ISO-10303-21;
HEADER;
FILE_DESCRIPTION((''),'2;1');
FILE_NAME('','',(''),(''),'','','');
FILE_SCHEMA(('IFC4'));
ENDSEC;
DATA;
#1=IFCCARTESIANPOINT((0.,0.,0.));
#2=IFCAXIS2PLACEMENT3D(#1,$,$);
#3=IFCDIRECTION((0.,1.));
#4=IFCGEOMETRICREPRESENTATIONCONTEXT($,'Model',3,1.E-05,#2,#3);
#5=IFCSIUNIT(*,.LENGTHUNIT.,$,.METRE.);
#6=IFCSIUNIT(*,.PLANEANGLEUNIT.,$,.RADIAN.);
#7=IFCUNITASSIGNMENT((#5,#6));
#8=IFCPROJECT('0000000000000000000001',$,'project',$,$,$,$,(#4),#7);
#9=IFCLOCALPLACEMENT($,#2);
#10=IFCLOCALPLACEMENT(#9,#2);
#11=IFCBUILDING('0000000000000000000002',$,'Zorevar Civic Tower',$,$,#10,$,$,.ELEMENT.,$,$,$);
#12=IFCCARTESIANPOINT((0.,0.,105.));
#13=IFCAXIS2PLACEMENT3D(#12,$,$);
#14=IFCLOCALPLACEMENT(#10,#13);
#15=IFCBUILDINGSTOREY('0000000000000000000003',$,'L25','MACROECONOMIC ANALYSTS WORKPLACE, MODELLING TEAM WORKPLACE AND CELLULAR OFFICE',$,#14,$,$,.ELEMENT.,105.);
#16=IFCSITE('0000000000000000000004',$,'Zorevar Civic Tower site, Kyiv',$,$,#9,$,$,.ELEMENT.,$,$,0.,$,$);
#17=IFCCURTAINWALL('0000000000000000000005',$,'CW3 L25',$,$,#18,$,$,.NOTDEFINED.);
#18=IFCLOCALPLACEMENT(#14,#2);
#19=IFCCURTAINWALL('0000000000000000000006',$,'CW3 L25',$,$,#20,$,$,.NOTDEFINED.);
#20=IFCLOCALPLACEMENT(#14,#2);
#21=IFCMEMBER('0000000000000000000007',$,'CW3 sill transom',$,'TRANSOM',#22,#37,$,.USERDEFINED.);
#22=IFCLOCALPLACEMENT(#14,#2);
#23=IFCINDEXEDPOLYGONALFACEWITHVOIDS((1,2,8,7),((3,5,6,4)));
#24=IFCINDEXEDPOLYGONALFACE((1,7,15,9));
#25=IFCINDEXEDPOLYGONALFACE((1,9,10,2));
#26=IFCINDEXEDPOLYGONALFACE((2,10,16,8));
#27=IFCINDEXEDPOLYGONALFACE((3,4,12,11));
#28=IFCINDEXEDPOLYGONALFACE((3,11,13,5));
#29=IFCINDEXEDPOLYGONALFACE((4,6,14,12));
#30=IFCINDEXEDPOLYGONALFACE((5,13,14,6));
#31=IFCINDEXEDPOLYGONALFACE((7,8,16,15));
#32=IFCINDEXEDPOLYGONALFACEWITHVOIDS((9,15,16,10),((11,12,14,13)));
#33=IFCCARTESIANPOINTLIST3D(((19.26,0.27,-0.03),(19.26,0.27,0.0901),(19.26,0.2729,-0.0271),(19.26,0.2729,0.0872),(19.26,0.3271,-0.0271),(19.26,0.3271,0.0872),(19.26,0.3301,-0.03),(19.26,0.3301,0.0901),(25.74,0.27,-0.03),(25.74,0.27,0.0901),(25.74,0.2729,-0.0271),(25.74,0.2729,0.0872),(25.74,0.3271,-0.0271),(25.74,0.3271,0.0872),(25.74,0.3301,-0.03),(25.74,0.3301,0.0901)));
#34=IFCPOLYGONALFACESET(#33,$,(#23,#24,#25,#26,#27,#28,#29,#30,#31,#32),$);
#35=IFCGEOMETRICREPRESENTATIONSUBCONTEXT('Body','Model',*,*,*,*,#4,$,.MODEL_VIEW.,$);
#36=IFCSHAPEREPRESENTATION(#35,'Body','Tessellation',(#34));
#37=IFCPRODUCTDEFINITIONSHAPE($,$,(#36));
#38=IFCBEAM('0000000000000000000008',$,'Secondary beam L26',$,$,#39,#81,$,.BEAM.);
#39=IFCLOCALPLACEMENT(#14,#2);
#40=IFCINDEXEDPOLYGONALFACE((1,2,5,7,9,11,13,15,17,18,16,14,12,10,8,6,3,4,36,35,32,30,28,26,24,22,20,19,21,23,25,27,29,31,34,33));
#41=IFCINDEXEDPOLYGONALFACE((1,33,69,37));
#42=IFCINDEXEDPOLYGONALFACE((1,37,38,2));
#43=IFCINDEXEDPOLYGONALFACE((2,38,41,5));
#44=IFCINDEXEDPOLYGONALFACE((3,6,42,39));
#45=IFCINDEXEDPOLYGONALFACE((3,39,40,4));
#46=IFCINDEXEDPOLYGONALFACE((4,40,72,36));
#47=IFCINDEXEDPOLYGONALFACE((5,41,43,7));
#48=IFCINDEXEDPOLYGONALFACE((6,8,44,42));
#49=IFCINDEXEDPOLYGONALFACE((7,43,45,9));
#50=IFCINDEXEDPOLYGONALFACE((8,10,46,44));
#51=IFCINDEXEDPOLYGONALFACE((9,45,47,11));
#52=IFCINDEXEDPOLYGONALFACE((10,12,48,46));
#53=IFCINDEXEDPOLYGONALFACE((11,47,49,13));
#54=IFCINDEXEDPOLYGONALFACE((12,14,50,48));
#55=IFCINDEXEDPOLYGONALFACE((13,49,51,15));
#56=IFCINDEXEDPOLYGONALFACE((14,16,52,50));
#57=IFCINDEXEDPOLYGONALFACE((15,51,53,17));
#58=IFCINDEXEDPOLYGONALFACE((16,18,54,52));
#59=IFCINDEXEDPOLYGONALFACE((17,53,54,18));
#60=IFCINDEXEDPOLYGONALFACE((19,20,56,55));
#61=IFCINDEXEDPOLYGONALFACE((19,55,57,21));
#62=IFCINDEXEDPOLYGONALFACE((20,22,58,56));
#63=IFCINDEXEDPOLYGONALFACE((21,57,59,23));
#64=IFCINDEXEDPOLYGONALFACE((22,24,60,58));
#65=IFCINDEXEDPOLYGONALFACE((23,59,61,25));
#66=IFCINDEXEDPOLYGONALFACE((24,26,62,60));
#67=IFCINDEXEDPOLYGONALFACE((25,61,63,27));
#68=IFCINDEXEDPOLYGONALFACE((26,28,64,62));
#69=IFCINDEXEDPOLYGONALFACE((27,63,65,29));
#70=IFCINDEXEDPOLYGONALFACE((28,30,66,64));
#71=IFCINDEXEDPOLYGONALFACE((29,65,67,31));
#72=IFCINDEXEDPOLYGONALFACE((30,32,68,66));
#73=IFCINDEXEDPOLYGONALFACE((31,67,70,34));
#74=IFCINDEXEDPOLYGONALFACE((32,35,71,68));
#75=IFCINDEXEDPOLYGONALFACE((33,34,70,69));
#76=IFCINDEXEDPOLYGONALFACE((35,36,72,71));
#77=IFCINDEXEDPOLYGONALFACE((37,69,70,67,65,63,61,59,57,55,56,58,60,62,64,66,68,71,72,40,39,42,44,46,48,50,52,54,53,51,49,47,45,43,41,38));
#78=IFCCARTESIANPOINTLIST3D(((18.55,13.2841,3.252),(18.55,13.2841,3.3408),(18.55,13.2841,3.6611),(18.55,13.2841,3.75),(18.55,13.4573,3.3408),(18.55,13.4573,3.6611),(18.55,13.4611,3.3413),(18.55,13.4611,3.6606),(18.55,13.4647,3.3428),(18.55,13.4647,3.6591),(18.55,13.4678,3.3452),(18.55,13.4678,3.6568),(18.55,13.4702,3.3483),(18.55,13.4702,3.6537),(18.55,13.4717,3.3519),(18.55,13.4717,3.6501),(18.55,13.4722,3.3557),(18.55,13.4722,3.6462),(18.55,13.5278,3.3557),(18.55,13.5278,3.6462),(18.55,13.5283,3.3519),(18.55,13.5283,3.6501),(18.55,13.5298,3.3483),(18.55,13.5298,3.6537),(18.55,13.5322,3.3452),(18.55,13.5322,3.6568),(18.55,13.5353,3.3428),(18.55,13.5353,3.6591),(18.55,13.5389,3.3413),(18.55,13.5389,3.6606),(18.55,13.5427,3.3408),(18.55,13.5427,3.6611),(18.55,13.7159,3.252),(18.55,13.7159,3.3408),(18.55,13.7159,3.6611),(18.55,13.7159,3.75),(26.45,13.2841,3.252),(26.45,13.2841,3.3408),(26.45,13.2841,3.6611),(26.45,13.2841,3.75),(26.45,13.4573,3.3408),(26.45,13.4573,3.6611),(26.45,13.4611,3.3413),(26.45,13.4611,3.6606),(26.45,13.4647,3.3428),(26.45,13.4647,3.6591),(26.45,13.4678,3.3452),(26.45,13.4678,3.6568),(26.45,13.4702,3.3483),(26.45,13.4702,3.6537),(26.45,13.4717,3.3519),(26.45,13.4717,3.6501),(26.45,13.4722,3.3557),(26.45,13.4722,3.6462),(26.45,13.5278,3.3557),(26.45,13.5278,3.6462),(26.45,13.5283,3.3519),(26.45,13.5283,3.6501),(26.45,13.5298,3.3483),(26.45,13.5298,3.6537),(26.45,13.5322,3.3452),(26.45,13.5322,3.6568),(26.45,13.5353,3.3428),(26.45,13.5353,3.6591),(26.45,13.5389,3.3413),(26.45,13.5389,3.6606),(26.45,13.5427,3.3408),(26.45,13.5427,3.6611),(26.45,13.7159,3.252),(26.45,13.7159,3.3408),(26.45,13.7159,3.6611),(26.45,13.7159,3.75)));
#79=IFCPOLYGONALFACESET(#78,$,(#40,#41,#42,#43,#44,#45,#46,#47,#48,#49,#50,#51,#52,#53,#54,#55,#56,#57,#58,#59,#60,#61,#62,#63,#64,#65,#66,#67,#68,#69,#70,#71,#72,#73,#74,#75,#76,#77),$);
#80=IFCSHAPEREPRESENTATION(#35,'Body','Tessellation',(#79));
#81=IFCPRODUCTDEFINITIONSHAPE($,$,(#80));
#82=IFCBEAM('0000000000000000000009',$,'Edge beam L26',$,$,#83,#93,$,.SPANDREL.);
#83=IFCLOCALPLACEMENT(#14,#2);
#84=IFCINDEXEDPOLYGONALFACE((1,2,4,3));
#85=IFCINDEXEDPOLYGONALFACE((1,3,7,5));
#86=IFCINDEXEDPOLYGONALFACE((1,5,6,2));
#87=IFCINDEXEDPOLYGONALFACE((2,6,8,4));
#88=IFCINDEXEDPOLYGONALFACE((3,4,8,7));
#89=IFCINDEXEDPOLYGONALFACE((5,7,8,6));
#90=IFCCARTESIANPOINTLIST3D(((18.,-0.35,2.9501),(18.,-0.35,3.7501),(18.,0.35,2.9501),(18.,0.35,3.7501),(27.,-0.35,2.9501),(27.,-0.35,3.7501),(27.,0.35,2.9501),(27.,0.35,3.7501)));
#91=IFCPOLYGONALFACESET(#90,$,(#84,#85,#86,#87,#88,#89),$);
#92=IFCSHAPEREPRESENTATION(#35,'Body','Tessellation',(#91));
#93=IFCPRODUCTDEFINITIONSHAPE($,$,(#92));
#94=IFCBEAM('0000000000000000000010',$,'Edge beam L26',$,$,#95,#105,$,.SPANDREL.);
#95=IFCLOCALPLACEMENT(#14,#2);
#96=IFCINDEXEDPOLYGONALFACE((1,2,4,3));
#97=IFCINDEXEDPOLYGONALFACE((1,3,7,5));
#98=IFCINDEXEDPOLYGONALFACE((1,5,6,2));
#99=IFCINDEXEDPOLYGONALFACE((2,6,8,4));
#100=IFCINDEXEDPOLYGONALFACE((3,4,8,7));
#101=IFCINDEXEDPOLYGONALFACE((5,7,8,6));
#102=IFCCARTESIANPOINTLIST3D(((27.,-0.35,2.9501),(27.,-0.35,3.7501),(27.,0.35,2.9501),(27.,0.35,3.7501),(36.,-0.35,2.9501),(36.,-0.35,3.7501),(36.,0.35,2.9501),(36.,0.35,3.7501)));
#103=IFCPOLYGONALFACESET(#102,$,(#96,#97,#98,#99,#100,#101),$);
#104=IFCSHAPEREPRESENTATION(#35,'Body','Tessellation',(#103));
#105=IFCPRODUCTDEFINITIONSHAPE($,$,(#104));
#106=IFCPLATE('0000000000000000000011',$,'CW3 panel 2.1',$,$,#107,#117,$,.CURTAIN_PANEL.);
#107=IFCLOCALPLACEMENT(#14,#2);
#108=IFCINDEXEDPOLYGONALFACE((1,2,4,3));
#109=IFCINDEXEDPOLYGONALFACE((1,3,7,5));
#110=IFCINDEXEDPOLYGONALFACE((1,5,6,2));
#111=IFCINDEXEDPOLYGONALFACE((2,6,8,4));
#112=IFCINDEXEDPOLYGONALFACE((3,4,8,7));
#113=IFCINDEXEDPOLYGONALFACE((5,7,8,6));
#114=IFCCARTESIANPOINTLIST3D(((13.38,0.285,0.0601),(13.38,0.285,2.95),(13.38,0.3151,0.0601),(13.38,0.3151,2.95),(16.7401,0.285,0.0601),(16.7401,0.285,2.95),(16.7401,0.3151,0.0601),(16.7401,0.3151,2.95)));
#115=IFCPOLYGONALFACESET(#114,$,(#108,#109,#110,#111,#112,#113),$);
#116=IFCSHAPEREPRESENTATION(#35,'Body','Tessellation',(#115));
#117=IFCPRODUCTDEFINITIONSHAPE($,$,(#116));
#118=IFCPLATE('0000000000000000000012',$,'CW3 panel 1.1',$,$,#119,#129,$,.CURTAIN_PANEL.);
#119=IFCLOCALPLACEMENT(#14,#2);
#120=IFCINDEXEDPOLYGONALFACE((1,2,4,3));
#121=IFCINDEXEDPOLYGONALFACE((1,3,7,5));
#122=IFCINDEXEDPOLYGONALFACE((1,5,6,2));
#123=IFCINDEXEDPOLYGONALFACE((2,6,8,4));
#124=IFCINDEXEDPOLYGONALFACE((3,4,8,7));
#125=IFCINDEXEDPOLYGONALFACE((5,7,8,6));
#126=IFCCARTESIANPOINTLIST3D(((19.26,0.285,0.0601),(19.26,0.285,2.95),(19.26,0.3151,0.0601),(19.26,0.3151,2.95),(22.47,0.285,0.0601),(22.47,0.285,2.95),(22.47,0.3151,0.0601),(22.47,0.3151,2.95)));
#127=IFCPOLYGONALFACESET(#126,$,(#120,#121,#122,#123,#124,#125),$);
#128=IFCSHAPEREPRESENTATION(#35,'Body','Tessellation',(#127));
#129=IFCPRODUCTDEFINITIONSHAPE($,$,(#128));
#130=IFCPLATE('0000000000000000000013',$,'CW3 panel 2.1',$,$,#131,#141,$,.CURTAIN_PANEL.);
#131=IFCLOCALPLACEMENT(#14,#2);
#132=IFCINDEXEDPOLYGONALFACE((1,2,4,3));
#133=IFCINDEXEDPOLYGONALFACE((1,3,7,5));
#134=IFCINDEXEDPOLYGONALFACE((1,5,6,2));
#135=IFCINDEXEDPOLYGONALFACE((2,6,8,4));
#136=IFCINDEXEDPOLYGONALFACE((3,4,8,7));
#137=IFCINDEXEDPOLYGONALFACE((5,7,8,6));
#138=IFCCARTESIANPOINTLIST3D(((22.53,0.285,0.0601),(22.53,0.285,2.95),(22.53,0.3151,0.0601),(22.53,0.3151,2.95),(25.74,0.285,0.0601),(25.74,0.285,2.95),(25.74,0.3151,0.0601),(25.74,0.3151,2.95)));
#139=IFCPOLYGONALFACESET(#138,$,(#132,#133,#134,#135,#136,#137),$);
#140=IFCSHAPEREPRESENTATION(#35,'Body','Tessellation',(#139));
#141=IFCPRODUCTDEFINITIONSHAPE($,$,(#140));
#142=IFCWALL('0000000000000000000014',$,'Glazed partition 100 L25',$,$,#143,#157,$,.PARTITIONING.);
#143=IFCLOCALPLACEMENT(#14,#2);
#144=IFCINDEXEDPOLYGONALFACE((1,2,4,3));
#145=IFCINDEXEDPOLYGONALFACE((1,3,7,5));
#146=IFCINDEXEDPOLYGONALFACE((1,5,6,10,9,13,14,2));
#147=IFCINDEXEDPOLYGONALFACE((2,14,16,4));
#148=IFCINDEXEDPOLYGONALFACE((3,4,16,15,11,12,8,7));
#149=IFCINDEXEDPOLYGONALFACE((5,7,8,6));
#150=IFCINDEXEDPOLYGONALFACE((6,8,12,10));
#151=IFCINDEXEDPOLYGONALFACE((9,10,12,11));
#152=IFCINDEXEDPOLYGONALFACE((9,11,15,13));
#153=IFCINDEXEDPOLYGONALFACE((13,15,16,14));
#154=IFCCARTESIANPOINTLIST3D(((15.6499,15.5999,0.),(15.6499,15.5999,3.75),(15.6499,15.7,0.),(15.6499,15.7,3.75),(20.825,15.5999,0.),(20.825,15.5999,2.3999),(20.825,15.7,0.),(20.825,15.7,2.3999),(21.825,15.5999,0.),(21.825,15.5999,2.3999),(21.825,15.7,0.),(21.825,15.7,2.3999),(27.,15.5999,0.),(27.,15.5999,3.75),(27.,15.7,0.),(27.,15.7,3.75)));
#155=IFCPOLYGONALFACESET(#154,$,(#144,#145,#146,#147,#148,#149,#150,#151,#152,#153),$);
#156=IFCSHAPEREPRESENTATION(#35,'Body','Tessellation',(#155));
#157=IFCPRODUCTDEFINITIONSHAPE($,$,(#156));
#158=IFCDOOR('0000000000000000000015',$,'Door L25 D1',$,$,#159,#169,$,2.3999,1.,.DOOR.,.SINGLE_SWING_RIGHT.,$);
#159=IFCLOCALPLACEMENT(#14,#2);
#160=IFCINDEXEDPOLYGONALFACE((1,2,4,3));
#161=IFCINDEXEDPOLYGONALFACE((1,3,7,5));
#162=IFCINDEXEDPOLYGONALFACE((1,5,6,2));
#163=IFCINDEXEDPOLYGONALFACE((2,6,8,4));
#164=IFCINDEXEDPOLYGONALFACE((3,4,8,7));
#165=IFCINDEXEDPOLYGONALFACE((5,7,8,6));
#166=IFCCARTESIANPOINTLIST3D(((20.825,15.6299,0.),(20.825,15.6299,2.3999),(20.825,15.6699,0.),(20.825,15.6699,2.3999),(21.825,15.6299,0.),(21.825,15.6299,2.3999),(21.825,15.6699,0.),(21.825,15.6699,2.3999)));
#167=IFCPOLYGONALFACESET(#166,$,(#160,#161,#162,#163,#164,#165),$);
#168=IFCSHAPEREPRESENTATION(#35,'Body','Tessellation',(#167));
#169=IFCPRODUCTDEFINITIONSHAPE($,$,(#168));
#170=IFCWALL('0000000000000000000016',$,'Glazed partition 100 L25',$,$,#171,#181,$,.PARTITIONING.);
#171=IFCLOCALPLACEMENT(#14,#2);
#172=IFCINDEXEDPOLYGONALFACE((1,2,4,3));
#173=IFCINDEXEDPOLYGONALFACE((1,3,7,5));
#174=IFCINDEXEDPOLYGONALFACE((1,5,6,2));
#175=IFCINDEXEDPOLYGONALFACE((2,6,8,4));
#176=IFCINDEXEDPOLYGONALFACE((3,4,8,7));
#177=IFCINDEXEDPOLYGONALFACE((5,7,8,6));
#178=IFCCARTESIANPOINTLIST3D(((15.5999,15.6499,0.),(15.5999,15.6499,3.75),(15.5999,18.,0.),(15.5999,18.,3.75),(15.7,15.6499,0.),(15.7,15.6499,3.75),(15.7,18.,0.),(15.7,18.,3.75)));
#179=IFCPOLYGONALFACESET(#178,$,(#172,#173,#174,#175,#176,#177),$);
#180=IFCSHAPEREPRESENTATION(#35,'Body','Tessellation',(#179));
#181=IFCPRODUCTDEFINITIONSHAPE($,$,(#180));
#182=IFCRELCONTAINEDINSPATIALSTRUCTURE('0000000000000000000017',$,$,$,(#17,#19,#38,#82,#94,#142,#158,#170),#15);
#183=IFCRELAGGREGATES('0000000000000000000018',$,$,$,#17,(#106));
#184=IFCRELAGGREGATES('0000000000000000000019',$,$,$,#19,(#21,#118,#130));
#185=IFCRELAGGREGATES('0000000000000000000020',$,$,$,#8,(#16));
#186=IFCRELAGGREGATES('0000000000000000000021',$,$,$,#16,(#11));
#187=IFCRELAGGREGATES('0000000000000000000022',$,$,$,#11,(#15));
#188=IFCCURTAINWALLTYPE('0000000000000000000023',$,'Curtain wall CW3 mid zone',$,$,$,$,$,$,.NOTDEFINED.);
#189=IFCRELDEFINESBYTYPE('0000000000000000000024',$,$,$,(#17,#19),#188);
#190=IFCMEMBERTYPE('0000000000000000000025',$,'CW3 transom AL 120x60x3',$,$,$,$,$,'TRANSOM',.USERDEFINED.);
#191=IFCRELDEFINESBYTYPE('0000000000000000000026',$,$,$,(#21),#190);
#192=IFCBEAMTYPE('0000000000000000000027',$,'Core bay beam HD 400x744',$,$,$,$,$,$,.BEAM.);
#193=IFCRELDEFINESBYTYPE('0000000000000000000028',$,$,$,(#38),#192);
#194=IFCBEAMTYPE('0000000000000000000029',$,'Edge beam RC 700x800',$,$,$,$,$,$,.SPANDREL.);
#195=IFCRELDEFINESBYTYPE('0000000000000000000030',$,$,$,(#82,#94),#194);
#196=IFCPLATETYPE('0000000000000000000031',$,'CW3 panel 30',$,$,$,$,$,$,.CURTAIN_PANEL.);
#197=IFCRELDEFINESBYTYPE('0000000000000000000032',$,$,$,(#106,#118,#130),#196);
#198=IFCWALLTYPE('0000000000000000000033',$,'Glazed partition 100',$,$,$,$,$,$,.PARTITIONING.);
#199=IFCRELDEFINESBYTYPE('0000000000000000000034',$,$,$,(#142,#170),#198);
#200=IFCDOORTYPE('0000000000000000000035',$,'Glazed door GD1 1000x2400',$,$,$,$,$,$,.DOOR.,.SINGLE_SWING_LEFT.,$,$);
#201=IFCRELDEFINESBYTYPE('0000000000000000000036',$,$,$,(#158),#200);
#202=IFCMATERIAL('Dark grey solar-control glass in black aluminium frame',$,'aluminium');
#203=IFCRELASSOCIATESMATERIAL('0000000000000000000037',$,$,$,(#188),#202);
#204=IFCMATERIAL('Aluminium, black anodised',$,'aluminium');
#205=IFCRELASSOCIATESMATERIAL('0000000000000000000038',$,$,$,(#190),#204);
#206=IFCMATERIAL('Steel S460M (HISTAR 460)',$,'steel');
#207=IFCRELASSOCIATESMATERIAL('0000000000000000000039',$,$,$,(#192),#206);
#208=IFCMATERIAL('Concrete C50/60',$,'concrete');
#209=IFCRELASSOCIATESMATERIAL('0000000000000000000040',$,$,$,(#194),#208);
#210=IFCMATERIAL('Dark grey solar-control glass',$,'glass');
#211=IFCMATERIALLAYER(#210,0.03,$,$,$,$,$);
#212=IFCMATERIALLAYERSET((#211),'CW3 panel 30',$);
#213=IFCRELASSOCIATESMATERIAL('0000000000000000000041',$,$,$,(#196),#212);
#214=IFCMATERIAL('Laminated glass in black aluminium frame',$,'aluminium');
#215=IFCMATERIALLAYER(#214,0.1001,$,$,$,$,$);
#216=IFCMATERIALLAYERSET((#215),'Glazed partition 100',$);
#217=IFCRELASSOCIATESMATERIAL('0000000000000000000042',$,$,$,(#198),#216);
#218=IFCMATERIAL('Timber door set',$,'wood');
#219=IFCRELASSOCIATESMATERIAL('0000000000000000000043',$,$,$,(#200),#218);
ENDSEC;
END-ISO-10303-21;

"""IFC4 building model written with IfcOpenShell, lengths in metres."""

from ifc_helpers import new_model, si_unit, direction, frame, frame_2d, origin, origin_2d, place, context, subcontext, project, spatial, rectangle, hollow_rectangle, i_section, extrude, material, layer, layer_set, material_profile, profile_set, type_object, element, fill, aggregate, save


model = new_model("IFC4")

# Units and contexts
model_context = context("Model", 3, precision=1e-05, world=origin(), true_north=direction((0.0, 1.0)))
body_context = subcontext(model_context, "Body", "Model", "MODEL_VIEW")
ifc_project = project(units=[si_unit("LENGTHUNIT", "METRE"), si_unit("PLANEANGLEUNIT", "RADIAN")], contexts=[model_context])

# Site, building, storey
site_placement = place(None, origin())
site = spatial("IfcSite", under=ifc_project, at=site_placement, Name="Zorevar Civic Tower site, Kyiv", CompositionType="ELEMENT", RefElevation=0.0)
building_placement = place(site_placement, origin())
building = spatial("IfcBuilding", under=site, at=building_placement, Name="Zorevar Civic Tower", CompositionType="ELEMENT")
storey_placement = place(building_placement, frame((0.0, 0.0, 105.0)))
storey = spatial("IfcBuildingStorey", under=building, at=storey_placement, Name="L25", Description="MACROECONOMIC ANALYSTS WORKPLACE, MODELLING TEAM WORKPLACE AND CELLULAR OFFICE", CompositionType="ELEMENT", Elevation=105.0)

# Curtain wall
ifc_material_1 = material(Name="Dark grey solar-control glass in black aluminium frame", Category="aluminium")
curtain_wall_type = type_object("IfcCurtainWallType", Name="Curtain wall CW3 mid zone", PredefinedType="NOTDEFINED", material=ifc_material_1)
curtain_wall_1_placement = place(storey_placement, origin())
curtain_wall_1 = element("IfcCurtainWall", 1, at=curtain_wall_1_placement, inside=storey, type_object=curtain_wall_type, Name="CW3 L25", PredefinedType="NOTDEFINED")

# Curtain wall, member
curtain_wall_2_placement = place(storey_placement, origin())
curtain_wall_2 = element("IfcCurtainWall", 2, at=curtain_wall_2_placement, inside=storey, type_object=curtain_wall_type, Name="CW3 L25", PredefinedType="NOTDEFINED")
ifc_material_2 = material(Name="Aluminium, black anodised", Category="aluminium")
ifc_material_profile_1 = material_profile(ifc_material_2, hollow_rectangle(XDim=0.0601, YDim=0.1201, WallThickness=0.0029, at=origin_2d()), Name="AL 120x60x3")
ifc_profile_set_1 = profile_set([ifc_material_profile_1], Name="Aluminium, black anodised")
member_type_1 = type_object("IfcMemberType", Name="CW3 transom AL 120x60x3", ElementType="TRANSOM", PredefinedType="USERDEFINED", material=ifc_profile_set_1)
member_1_placement = place(storey_placement, frame((19.26, 0.3, 0.03), z_axis=(1.0, 0.0, 0.0), x_axis=(0.0, 1.0, 0.0)))
member_1 = element("IfcMember", 3, at=member_1_placement, type_object=member_type_1, Name="CW3 sill transom", ObjectType="TRANSOM", PredefinedType="USERDEFINED", context=body_context, shape_type="SweptSolid", body=[
    extrude(hollow_rectangle(XDim=0.0601, YDim=0.1201, WallThickness=0.0029, at=origin_2d()), origin(), (0.0, 0.0, 1.0), 6.48),
])

# Beams
ifc_material_3 = material(Name="Steel S460M (HISTAR 460)", Category="steel")
ifc_material_profile_2 = material_profile(ifc_material_3, i_section(OverallWidth=0.4319, OverallDepth=0.498, WebThickness=0.0557, FlangeThickness=0.0889, FilletRadius=0.0149, at=origin_2d()), Name="HD 400x744")
ifc_profile_set_2 = profile_set([ifc_material_profile_2], Name="Steel S460M (HISTAR 460)")
beam_type_1 = type_object("IfcBeamType", Name="Core bay beam HD 400x744", PredefinedType="BEAM", material=ifc_profile_set_2)
beam_1_placement = place(storey_placement, frame((18.55, 13.5, 3.501), z_axis=(1.0, 0.0, 0.0), x_axis=(0.0, 1.0, 0.0)))
element("IfcBeam", 4, at=beam_1_placement, inside=storey, type_object=beam_type_1, Name="Secondary beam L26", PredefinedType="BEAM", context=body_context, shape_type="SweptSolid", body=[
    extrude(i_section(OverallWidth=0.4319, OverallDepth=0.498, WebThickness=0.0557, FlangeThickness=0.0889, FilletRadius=0.0149, at=origin_2d()), origin(), (0.0, 0.0, 1.0), 7.8999),
])
ifc_material_4 = material(Name="Concrete C50/60", Category="concrete")
ifc_material_profile_3 = material_profile(ifc_material_4, rectangle(XDim=0.7, YDim=0.8, at=origin_2d()), Name="RC 700x800")
ifc_profile_set_3 = profile_set([ifc_material_profile_3], Name="Concrete C50/60")
beam_type_2 = type_object("IfcBeamType", Name="Edge beam RC 700x800", PredefinedType="SPANDREL", material=ifc_profile_set_3)
for number, where, z_axis, x_axis, name in (
    (5, (18.0, 0.0, 3.3501), (1.0, 0.0, 0.0), (0.0, 1.0, 0.0), "Edge beam L26"),
    (6, (27.0, 0.0, 3.3501), (1.0, 0.0, 0.0), (0.0, 1.0, 0.0), "Edge beam L26"),
):
    element("IfcBeam", number, at=place(storey_placement, frame(where, z_axis=z_axis, x_axis=x_axis)), inside=storey, type_object=beam_type_2, Name=name, PredefinedType="SPANDREL", context=body_context, shape_type="SweptSolid", body=[
        extrude(rectangle(XDim=0.7, YDim=0.8, at=origin_2d()), origin(), (0.0, 0.0, 1.0), 9.0),
    ])

# Plates
ifc_material_5 = material(Name="Dark grey solar-control glass", Category="glass")
ifc_layer_1 = layer(ifc_material_5, 0.03)
ifc_layer_set_1 = layer_set([ifc_layer_1], Name="CW3 panel 30")
plate_type = type_object("IfcPlateType", Name="CW3 panel 30", PredefinedType="CURTAIN_PANEL", material=ifc_layer_set_1)
plate_1_placement = place(storey_placement, frame((15.0601, 0.3, 0.0601), z_axis=(0.0, 0.0, 1.0), x_axis=(1.0, 0.0, 0.0)))
plate_1 = element("IfcPlate", 7, at=plate_1_placement, type_object=plate_type, Name="CW3 panel 2.1", PredefinedType="CURTAIN_PANEL", context=body_context, shape_type="SweptSolid", body=[
    extrude(rectangle(XDim=3.3601, YDim=0.03, at=origin_2d()), origin(), (0.0, 0.0, 1.0), 2.8899),
])
aggregate(curtain_wall_1, [plate_1])
plate_2_placement = place(storey_placement, frame((20.865, 0.3, 0.0601), z_axis=(0.0, 0.0, 1.0), x_axis=(1.0, 0.0, 0.0)))
plate_2 = element("IfcPlate", 8, at=plate_2_placement, type_object=plate_type, Name="CW3 panel 1.1", PredefinedType="CURTAIN_PANEL", context=body_context, shape_type="SweptSolid", body=[
    extrude(rectangle(XDim=3.21, YDim=0.03, at=origin_2d()), origin(), (0.0, 0.0, 1.0), 2.8899),
])
plate_3_placement = place(storey_placement, frame((24.135, 0.3, 0.0601), z_axis=(0.0, 0.0, 1.0), x_axis=(1.0, 0.0, 0.0)))
plate_3 = element("IfcPlate", 9, at=plate_3_placement, type_object=plate_type, Name="CW3 panel 2.1", PredefinedType="CURTAIN_PANEL", context=body_context, shape_type="SweptSolid", body=[
    extrude(rectangle(XDim=3.21, YDim=0.03, at=origin_2d()), origin(), (0.0, 0.0, 1.0), 2.8899),
])
aggregate(curtain_wall_2, [member_1, plate_2, plate_3])

# Wall, opening, door
ifc_material_6 = material(Name="Laminated glass in black aluminium frame", Category="aluminium")
ifc_layer_2 = layer(ifc_material_6, 0.1001)
ifc_layer_set_2 = layer_set([ifc_layer_2], Name="Glazed partition 100")
wall_type_1 = type_object("IfcWallType", Name="Glazed partition 100", PredefinedType="PARTITIONING", material=ifc_layer_set_2)
wall_1_placement = place(storey_placement, frame((15.6499, 15.6499, 0.0), z_axis=(0.0, 0.0, 1.0), x_axis=(1.0, 0.0, 0.0)))
wall_1 = element("IfcWall", 10, at=wall_1_placement, inside=storey, type_object=wall_type_1, Name="Glazed partition 100 L25", PredefinedType="PARTITIONING", context=body_context, shape_type="SweptSolid", body=[
    extrude(rectangle(XDim=11.3501, YDim=0.1001, at=frame_2d((5.675, 0.0))), origin(), (0.0, 0.0, 1.0), 3.75),
])
opening_1_placement = place(wall_1_placement, frame((5.175, 0.0, 0.0)))
opening_1 = element("IfcOpeningElement", 11, at=opening_1_placement, cuts=wall_1, PredefinedType="OPENING", context=body_context, shape_type="SweptSolid", body=[
    extrude(rectangle(XDim=1.0, YDim=2.3999, at=frame_2d((0.5, 1.2))), frame((0.0, 0.0601, 0.0), z_axis=(0.0, -1.0, 0.0), x_axis=(1.0, 0.0, 0.0)), (0.0, 0.0, 1.0), 0.1201),
])
ifc_material_7 = material(Name="Timber door set", Category="wood")
door_type_1 = type_object("IfcDoorType", Name="Glazed door GD1 1000x2400", OperationType="SINGLE_SWING_LEFT", PredefinedType="DOOR", material=ifc_material_7)
door_1_placement = place(opening_1_placement, origin())
door_1 = element("IfcDoor", 12, at=door_1_placement, inside=storey, type_object=door_type_1, Name="Door L25 D1", OperationType="SINGLE_SWING_RIGHT", OverallHeight=2.3999, OverallWidth=1.0, PredefinedType="DOOR", context=body_context, shape_type="SweptSolid", body=[
    extrude(rectangle(XDim=1.0, YDim=2.3999, at=frame_2d((0.5, 1.2))), frame((0.0, 0.02, 0.0), z_axis=(0.0, -1.0, 0.0), x_axis=(1.0, 0.0, 0.0)), (0.0, 0.0, 1.0), 0.04),
])
fill(opening_1, door_1)

# Wall
wall_2_placement = place(storey_placement, frame((15.6499, 15.6499, 0.0), z_axis=(0.0, 0.0, 1.0), x_axis=(0.0, 1.0, 0.0)))
element("IfcWall", 13, at=wall_2_placement, inside=storey, type_object=wall_type_1, Name="Glazed partition 100 L25", PredefinedType="PARTITIONING", context=body_context, shape_type="SweptSolid", body=[
    extrude(rectangle(XDim=2.3501, YDim=0.1001, at=frame_2d((1.175, 0.0))), origin(), (0.0, 0.0, 1.0), 3.75),
])

save(model, "model.ifc")
